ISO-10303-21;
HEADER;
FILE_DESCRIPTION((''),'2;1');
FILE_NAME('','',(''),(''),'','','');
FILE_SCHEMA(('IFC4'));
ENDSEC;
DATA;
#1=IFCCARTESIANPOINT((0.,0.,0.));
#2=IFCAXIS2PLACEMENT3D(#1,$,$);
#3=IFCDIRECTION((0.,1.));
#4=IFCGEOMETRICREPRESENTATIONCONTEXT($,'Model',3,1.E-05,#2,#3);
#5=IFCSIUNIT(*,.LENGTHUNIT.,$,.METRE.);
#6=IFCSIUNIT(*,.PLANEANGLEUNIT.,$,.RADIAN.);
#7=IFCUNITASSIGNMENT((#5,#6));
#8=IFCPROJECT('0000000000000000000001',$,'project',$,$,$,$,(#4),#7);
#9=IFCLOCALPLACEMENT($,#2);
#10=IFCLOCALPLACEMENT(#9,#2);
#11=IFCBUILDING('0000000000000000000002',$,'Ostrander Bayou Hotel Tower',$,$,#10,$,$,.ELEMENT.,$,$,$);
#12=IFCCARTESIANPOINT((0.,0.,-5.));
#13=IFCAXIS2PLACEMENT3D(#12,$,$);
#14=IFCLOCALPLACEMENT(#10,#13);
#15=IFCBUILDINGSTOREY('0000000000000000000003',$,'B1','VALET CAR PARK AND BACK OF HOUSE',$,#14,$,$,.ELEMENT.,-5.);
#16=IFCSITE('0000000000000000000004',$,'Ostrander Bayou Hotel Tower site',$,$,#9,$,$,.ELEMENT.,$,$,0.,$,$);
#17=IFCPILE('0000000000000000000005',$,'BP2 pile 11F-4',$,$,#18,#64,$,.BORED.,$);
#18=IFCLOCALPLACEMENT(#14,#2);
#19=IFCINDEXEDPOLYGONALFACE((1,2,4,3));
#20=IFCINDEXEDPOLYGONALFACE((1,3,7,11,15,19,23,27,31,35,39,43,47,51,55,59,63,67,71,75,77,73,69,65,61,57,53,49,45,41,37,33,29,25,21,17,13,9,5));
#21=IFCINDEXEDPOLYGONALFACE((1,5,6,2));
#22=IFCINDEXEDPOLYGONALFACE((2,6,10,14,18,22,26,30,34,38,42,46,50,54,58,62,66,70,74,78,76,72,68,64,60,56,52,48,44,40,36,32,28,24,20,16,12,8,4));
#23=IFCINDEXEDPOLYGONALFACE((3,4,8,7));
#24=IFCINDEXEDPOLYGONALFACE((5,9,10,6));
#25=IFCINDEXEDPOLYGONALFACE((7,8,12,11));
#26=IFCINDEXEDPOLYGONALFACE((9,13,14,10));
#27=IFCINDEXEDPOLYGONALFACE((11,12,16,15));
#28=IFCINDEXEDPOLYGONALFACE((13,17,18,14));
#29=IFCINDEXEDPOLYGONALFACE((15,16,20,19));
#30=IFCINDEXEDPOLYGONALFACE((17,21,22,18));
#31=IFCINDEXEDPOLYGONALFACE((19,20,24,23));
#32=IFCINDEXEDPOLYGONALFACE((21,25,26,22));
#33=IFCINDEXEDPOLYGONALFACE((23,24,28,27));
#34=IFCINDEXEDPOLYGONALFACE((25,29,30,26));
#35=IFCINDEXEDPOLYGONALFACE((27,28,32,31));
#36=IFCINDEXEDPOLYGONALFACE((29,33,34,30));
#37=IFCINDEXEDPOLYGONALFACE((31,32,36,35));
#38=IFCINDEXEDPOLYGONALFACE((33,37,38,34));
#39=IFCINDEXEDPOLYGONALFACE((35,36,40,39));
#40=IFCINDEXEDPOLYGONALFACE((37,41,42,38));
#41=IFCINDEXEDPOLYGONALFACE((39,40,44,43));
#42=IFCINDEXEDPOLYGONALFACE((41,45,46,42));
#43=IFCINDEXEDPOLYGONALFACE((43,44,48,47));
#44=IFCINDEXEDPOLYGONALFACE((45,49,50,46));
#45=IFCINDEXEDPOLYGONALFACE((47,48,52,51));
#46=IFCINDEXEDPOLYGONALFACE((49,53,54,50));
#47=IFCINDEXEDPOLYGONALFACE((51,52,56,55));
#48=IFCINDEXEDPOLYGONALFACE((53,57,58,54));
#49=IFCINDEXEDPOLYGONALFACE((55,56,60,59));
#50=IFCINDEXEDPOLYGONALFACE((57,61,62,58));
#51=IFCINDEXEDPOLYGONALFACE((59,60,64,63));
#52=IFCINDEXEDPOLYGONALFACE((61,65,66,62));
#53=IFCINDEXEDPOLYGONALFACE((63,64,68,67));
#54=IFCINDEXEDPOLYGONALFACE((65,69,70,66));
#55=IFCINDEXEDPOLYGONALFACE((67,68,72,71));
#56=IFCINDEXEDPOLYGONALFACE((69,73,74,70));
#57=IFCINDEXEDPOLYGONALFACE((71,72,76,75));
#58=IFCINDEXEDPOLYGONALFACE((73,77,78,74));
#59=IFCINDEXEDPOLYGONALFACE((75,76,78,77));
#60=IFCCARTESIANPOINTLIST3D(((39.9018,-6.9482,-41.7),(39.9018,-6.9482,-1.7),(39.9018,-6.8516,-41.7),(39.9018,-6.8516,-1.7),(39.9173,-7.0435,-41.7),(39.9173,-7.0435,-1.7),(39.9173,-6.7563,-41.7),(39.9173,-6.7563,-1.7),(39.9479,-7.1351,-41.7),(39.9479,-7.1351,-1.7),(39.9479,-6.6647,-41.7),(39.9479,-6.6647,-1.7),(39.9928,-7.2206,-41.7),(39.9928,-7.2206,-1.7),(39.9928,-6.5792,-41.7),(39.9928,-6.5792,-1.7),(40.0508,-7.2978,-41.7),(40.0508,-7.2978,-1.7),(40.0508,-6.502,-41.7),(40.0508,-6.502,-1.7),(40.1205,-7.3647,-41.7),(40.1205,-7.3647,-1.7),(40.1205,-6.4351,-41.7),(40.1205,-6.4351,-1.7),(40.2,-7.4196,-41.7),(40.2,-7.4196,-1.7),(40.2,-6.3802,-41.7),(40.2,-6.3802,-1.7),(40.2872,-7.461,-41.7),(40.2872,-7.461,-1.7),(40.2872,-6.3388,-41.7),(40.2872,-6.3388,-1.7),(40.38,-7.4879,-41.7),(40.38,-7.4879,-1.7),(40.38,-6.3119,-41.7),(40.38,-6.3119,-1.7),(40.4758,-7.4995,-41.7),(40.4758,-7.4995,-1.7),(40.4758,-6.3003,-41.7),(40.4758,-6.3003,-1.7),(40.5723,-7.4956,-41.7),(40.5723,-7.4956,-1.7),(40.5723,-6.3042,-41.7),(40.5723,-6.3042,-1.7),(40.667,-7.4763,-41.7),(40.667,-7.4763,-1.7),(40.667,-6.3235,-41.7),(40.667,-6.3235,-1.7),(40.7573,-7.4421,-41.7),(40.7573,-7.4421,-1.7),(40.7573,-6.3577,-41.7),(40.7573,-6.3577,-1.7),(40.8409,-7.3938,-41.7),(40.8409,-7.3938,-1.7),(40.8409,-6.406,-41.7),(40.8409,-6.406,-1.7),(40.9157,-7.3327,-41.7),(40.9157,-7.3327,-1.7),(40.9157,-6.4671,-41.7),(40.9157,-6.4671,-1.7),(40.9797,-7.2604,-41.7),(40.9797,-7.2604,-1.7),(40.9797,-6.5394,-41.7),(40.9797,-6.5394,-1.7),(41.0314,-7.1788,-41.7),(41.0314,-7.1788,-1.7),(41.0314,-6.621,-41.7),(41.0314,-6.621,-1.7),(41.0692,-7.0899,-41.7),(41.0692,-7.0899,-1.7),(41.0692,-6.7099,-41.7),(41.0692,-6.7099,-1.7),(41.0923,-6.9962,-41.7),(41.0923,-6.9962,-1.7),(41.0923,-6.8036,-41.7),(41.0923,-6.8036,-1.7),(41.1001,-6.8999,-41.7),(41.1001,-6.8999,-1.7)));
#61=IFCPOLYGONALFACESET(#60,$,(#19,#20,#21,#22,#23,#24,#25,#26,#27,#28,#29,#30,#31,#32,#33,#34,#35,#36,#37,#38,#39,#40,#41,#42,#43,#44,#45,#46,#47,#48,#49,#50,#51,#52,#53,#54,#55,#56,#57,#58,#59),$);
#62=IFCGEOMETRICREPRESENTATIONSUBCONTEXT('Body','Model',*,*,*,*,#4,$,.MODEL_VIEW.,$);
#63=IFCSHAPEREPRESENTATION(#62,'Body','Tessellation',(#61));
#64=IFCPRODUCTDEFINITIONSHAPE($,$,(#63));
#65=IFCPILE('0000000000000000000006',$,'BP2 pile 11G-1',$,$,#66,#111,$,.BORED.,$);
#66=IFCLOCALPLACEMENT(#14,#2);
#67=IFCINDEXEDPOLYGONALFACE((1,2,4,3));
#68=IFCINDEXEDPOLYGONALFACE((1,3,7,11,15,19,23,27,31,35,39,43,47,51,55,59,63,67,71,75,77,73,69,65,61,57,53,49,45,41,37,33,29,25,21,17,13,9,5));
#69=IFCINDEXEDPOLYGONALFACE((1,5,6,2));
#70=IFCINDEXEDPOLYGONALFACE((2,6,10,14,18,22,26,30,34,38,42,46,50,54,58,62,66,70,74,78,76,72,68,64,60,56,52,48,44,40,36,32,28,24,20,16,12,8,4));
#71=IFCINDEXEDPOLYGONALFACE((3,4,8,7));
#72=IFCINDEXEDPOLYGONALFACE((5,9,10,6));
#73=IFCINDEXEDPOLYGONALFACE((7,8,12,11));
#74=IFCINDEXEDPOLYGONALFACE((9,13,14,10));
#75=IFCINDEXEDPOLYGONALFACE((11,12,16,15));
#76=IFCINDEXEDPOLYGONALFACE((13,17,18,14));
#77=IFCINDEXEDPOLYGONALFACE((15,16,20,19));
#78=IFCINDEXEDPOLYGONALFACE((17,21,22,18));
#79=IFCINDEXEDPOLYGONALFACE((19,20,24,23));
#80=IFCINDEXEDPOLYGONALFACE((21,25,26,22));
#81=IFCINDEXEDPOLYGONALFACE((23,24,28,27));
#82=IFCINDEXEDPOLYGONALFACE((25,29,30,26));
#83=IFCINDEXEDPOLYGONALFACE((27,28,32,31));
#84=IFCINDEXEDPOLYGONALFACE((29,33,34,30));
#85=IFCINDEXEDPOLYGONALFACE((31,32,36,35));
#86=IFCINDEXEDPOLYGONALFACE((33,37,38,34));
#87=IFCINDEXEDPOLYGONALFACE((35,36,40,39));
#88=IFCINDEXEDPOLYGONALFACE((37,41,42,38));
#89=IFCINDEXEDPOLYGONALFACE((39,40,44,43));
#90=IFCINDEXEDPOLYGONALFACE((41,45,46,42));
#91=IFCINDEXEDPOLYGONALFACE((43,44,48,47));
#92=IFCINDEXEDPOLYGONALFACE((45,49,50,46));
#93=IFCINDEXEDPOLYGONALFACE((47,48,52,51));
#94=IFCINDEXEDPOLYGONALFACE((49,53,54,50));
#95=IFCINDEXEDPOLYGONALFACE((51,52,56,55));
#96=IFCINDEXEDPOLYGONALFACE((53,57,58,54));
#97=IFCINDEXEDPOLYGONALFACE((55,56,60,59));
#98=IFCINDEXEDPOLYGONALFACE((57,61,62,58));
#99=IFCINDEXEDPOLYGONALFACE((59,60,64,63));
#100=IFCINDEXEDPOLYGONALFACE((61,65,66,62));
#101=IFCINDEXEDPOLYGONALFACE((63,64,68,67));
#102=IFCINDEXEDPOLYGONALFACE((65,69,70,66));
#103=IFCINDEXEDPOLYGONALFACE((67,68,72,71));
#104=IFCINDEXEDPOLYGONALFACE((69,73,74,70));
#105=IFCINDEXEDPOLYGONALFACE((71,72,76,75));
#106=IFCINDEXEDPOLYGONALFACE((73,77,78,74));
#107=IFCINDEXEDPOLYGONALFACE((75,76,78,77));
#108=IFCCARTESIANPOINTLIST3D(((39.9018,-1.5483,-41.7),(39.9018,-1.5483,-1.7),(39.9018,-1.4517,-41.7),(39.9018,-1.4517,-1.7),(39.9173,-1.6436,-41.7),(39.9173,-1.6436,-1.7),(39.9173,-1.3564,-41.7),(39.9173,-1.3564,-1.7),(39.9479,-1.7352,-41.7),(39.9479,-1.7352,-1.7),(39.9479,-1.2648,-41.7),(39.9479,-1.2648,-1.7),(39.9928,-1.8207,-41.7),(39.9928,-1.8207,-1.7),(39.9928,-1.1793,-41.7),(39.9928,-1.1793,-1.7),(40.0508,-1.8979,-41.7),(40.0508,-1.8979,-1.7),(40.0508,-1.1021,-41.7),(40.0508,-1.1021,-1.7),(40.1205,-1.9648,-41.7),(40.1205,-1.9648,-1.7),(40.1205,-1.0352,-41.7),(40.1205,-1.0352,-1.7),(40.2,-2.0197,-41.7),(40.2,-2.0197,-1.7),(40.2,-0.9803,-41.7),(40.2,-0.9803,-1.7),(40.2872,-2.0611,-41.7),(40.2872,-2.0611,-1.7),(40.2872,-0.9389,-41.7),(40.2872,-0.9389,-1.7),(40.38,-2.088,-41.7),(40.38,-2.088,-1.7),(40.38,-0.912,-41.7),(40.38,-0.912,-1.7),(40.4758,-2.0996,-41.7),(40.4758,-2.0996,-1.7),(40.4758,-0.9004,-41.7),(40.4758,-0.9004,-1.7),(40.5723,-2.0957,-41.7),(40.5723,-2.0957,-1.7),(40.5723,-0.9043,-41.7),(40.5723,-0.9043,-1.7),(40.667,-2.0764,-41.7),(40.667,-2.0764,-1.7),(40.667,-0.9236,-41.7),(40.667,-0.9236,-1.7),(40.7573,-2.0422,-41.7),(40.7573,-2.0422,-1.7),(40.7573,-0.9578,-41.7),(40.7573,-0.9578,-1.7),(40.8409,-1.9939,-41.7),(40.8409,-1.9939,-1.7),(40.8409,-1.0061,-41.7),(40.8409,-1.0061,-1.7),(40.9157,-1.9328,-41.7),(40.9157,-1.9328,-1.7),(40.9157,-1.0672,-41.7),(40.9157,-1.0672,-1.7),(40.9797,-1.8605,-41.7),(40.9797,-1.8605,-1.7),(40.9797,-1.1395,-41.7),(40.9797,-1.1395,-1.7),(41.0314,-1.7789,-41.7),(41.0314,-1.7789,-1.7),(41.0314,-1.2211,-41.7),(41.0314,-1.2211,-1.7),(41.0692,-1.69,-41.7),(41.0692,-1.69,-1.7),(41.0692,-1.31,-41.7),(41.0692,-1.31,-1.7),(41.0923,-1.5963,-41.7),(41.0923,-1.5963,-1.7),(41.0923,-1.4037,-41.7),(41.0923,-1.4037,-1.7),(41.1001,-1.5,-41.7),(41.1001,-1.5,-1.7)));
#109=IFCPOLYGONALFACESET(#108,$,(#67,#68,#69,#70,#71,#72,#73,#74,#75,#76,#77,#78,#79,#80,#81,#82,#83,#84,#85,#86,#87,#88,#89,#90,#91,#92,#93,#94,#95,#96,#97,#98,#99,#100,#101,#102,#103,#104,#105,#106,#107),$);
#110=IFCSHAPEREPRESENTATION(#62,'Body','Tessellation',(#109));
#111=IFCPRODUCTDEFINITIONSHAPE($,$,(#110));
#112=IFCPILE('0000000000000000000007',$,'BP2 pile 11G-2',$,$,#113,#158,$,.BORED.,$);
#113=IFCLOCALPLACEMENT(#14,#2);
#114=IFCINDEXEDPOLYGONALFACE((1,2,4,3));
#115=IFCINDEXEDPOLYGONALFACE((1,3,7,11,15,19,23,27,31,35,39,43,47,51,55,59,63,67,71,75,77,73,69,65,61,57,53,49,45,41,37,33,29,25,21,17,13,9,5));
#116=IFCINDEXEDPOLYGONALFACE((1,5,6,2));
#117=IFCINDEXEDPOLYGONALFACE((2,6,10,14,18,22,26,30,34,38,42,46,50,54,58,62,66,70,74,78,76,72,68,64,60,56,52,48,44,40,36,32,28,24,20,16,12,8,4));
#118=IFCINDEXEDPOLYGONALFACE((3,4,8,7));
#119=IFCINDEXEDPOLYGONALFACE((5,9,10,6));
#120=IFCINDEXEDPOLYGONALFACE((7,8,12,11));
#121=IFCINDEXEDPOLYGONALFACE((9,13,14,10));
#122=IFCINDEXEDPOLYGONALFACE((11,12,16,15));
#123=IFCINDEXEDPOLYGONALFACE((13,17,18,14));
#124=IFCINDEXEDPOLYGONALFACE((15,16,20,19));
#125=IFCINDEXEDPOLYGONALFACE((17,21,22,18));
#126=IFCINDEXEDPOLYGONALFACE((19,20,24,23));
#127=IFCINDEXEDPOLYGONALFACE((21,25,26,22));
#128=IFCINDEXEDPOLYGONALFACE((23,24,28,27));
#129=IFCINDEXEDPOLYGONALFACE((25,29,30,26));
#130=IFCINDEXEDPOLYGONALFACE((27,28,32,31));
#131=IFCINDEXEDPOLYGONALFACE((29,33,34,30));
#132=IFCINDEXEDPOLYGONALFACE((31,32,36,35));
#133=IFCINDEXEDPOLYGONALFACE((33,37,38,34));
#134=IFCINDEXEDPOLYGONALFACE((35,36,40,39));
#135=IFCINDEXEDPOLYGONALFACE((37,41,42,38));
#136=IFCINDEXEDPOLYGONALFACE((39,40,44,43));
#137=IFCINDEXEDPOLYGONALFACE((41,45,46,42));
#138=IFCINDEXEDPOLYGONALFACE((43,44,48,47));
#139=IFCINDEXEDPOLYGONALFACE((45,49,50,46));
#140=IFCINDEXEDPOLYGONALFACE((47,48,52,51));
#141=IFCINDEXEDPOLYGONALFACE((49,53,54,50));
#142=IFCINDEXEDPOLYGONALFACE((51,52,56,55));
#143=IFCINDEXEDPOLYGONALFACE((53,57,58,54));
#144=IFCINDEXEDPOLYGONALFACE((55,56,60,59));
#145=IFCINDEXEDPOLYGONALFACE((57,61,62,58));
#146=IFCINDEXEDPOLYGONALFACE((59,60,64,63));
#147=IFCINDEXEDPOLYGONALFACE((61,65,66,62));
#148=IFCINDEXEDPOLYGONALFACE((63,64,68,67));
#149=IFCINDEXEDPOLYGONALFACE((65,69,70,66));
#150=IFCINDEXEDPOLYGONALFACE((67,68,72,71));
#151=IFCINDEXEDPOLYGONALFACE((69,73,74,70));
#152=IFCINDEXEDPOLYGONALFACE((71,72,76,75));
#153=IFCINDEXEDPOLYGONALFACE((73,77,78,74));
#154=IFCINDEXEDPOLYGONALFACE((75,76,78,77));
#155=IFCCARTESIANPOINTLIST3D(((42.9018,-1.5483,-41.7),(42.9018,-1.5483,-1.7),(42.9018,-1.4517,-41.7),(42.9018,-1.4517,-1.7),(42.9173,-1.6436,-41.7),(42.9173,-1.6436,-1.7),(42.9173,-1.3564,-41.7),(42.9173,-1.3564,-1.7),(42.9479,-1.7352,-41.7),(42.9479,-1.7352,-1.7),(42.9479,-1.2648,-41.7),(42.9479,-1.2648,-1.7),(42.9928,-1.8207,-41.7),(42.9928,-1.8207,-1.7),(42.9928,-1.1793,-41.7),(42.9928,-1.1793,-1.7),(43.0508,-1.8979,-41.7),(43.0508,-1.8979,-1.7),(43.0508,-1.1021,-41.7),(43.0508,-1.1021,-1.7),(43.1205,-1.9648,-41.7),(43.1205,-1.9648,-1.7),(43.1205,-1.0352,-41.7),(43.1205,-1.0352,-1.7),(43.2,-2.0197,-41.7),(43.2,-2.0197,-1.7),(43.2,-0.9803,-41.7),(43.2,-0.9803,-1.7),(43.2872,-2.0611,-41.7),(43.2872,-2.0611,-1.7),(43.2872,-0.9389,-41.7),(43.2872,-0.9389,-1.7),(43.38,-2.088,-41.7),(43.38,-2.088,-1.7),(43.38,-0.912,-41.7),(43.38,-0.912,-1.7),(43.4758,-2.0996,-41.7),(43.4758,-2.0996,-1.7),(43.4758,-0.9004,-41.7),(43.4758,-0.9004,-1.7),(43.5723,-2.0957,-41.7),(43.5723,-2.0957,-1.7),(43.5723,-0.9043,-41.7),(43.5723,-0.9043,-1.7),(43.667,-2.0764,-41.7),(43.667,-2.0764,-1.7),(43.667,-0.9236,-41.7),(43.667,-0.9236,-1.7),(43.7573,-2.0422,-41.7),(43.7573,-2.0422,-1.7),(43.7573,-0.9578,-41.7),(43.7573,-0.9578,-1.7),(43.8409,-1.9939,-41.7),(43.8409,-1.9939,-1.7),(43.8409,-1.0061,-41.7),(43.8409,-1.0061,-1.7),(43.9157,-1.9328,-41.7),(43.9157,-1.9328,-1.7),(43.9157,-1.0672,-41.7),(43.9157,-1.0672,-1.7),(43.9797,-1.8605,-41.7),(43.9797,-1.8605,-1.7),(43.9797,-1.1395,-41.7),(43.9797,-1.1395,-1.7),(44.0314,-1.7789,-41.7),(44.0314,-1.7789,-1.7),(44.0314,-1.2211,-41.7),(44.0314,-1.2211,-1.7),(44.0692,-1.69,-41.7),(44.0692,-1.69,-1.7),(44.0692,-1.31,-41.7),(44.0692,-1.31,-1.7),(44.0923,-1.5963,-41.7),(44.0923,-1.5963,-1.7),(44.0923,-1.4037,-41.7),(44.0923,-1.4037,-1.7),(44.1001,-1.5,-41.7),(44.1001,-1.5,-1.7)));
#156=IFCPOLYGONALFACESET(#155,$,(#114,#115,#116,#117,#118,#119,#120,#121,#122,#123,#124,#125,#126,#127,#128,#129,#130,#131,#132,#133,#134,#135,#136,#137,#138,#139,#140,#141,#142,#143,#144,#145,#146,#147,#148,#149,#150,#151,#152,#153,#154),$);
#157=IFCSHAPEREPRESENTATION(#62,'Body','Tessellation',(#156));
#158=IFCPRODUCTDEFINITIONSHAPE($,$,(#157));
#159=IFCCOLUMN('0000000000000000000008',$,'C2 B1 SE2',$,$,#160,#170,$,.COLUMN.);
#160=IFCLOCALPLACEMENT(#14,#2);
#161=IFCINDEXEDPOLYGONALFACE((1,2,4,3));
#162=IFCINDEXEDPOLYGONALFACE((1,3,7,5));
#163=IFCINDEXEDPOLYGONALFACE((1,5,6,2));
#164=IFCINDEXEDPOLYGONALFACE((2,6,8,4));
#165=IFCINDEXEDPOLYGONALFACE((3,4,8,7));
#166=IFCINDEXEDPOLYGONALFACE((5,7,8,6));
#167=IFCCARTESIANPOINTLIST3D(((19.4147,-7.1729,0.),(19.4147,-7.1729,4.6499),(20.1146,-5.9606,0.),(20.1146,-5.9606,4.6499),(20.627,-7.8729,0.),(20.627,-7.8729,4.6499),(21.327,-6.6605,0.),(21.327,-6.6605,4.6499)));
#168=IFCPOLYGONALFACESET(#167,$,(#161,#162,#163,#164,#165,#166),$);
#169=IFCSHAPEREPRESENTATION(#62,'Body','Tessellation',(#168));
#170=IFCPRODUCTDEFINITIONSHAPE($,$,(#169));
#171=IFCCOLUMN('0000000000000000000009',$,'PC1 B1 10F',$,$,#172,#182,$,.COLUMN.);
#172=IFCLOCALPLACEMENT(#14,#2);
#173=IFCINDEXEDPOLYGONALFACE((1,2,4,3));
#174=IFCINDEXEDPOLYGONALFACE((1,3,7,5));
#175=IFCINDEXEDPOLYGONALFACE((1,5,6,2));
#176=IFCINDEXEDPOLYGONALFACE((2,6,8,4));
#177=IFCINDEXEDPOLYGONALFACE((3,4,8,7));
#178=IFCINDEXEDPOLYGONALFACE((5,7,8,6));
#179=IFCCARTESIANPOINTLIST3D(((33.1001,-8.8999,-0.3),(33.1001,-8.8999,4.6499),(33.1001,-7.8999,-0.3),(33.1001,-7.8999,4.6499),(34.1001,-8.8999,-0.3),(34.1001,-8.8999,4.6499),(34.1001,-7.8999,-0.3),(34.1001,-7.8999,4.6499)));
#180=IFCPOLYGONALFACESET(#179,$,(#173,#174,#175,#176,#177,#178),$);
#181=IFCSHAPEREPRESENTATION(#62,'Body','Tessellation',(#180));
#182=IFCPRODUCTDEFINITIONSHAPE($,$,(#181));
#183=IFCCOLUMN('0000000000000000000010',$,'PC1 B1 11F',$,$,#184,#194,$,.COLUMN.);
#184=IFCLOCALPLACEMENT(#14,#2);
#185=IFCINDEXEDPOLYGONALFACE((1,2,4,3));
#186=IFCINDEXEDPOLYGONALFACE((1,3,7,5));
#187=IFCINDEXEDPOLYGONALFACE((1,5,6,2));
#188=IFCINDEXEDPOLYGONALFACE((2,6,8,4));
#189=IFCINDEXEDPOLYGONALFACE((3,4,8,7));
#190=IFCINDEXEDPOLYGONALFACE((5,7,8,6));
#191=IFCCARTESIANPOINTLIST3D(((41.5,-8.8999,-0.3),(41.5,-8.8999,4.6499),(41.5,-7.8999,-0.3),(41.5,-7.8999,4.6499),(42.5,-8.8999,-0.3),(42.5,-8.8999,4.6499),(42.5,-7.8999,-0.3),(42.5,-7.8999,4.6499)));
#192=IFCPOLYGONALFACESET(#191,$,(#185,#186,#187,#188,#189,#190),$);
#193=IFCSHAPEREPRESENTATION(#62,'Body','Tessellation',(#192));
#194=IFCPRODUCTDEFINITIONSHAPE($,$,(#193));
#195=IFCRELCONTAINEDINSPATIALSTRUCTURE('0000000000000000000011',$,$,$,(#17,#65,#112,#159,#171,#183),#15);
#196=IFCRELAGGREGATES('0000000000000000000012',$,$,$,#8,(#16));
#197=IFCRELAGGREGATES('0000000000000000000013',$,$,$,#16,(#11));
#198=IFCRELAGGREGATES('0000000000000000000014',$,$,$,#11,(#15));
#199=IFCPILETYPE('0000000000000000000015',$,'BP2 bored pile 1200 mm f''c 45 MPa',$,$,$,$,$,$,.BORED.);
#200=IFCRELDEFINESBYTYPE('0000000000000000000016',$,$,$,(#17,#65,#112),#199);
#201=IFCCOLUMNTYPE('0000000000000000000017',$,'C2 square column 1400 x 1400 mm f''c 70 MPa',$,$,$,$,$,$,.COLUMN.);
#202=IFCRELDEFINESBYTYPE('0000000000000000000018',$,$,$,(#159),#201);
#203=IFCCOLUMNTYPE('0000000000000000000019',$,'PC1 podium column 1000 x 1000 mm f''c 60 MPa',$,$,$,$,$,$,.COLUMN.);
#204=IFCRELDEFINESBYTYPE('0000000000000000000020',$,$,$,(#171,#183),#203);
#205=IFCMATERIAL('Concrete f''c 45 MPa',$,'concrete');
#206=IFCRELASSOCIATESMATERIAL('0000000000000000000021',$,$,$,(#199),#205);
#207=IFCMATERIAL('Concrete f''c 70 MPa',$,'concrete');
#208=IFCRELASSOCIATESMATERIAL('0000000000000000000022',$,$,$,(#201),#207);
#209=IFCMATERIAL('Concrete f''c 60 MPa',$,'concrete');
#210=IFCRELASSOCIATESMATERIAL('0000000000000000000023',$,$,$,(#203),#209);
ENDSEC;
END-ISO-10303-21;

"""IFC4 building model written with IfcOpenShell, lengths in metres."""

from ifc_helpers import new_model, si_unit, direction, frame, origin, origin_2d, place, context, subcontext, project, spatial, rectangle, circle, extrude, material, material_profile, profile_set, type_object, element, save


model = new_model("IFC4")

# Units and contexts
model_context = context("Model", 3, precision=1e-05, world=origin(), true_north=direction((0.0, 1.0)))
body_context = subcontext(model_context, "Body", "Model", "MODEL_VIEW")
ifc_project = project(units=[si_unit("LENGTHUNIT", "METRE"), si_unit("PLANEANGLEUNIT", "RADIAN")], contexts=[model_context])

# Site, building, storey
site_placement = place(None, origin())
site = spatial("IfcSite", under=ifc_project, at=site_placement, Name="Ostrander Bayou Hotel Tower site", CompositionType="ELEMENT", RefElevation=0.0)
building_placement = place(site_placement, origin())
building = spatial("IfcBuilding", under=site, at=building_placement, Name="Ostrander Bayou Hotel Tower", CompositionType="ELEMENT")
storey_placement = place(building_placement, frame((0.0, 0.0, -5.0)))
storey = spatial("IfcBuildingStorey", under=building, at=storey_placement, Name="B1", Description="VALET CAR PARK AND BACK OF HOUSE", CompositionType="ELEMENT", Elevation=-5.0)

# Piles
ifc_material_1 = material(Name="Concrete f'c 45 MPa", Category="concrete")
ifc_material_profile_1 = material_profile(ifc_material_1, circle(Radius=0.6001, at=origin_2d()))
ifc_profile_set_1 = profile_set([ifc_material_profile_1], Name="Concrete f'c 45 MPa")
pile_type_1 = type_object("IfcPileType", Name="BP2 bored pile 1200 mm f'c 45 MPa", PredefinedType="BORED", material=ifc_profile_set_1)
for number, where, z_axis, x_axis, name in (
    (1, (40.5, -6.8999, -1.7), (0.0, 0.0, -1.0), (1.0, 0.0, 0.0), "BP2 pile 11F-4"),
    (2, (40.5, -1.5, -1.7), (0.0, 0.0, -1.0), (1.0, 0.0, 0.0), "BP2 pile 11G-1"),
    (3, (43.5, -1.5, -1.7), (0.0, 0.0, -1.0), (1.0, 0.0, 0.0), "BP2 pile 11G-2"),
):
    element("IfcPile", number, at=place(storey_placement, frame(where, z_axis=z_axis, x_axis=x_axis)), inside=storey, type_object=pile_type_1, Name=name, PredefinedType="BORED", context=body_context, shape_type="SweptSolid", body=[
        extrude(circle(Radius=0.6001, at=origin_2d()), origin(), (0.0, 0.0, 1.0), 40.0),
    ])

# Columns
ifc_material_2 = material(Name="Concrete f'c 70 MPa", Category="concrete")
ifc_material_profile_2 = material_profile(ifc_material_2, rectangle(XDim=1.3999, YDim=1.3999, at=origin_2d()))
ifc_profile_set_2 = profile_set([ifc_material_profile_2], Name="Concrete f'c 70 MPa")
column_type_1 = type_object("IfcColumnType", Name="C2 square column 1400 x 1400 mm f'c 70 MPa", PredefinedType="COLUMN", material=ifc_profile_set_2)
column_placement = place(storey_placement, frame((20.3708, -6.9167, 0.0), z_axis=(0.0, 0.0, 1.0), x_axis=(-0.5, -0.866025, 0.0)))
element("IfcColumn", 4, at=column_placement, inside=storey, type_object=column_type_1, Name="C2 B1 SE2", PredefinedType="COLUMN", context=body_context, shape_type="SweptSolid", body=[
    extrude(rectangle(XDim=1.3999, YDim=1.3999, at=origin_2d()), origin(), (0.0, 0.0, 1.0), 4.6499),
])
ifc_material_3 = material(Name="Concrete f'c 60 MPa", Category="concrete")
ifc_material_profile_3 = material_profile(ifc_material_3, rectangle(XDim=1.0, YDim=1.0, at=origin_2d()))
ifc_profile_set_3 = profile_set([ifc_material_profile_3], Name="Concrete f'c 60 MPa")
column_type_2 = type_object("IfcColumnType", Name="PC1 podium column 1000 x 1000 mm f'c 60 MPa", PredefinedType="COLUMN", material=ifc_profile_set_3)
for number, where, z_axis, x_axis, name in (
    (5, (33.6001, -8.3999, -0.3), (0.0, 0.0, 1.0), (1.0, 0.0, 0.0), "PC1 B1 10F"),
    (6, (42.0, -8.3999, -0.3), (0.0, 0.0, 1.0), (1.0, 0.0, 0.0), "PC1 B1 11F"),
):
    element("IfcColumn", number, at=place(storey_placement, frame(where, z_axis=z_axis, x_axis=x_axis)), inside=storey, type_object=column_type_2, Name=name, PredefinedType="COLUMN", context=body_context, shape_type="SweptSolid", body=[
        extrude(rectangle(XDim=1.0, YDim=1.0, at=origin_2d()), origin(), (0.0, 0.0, 1.0), 4.95),
    ])

save(model, "model.ifc")
